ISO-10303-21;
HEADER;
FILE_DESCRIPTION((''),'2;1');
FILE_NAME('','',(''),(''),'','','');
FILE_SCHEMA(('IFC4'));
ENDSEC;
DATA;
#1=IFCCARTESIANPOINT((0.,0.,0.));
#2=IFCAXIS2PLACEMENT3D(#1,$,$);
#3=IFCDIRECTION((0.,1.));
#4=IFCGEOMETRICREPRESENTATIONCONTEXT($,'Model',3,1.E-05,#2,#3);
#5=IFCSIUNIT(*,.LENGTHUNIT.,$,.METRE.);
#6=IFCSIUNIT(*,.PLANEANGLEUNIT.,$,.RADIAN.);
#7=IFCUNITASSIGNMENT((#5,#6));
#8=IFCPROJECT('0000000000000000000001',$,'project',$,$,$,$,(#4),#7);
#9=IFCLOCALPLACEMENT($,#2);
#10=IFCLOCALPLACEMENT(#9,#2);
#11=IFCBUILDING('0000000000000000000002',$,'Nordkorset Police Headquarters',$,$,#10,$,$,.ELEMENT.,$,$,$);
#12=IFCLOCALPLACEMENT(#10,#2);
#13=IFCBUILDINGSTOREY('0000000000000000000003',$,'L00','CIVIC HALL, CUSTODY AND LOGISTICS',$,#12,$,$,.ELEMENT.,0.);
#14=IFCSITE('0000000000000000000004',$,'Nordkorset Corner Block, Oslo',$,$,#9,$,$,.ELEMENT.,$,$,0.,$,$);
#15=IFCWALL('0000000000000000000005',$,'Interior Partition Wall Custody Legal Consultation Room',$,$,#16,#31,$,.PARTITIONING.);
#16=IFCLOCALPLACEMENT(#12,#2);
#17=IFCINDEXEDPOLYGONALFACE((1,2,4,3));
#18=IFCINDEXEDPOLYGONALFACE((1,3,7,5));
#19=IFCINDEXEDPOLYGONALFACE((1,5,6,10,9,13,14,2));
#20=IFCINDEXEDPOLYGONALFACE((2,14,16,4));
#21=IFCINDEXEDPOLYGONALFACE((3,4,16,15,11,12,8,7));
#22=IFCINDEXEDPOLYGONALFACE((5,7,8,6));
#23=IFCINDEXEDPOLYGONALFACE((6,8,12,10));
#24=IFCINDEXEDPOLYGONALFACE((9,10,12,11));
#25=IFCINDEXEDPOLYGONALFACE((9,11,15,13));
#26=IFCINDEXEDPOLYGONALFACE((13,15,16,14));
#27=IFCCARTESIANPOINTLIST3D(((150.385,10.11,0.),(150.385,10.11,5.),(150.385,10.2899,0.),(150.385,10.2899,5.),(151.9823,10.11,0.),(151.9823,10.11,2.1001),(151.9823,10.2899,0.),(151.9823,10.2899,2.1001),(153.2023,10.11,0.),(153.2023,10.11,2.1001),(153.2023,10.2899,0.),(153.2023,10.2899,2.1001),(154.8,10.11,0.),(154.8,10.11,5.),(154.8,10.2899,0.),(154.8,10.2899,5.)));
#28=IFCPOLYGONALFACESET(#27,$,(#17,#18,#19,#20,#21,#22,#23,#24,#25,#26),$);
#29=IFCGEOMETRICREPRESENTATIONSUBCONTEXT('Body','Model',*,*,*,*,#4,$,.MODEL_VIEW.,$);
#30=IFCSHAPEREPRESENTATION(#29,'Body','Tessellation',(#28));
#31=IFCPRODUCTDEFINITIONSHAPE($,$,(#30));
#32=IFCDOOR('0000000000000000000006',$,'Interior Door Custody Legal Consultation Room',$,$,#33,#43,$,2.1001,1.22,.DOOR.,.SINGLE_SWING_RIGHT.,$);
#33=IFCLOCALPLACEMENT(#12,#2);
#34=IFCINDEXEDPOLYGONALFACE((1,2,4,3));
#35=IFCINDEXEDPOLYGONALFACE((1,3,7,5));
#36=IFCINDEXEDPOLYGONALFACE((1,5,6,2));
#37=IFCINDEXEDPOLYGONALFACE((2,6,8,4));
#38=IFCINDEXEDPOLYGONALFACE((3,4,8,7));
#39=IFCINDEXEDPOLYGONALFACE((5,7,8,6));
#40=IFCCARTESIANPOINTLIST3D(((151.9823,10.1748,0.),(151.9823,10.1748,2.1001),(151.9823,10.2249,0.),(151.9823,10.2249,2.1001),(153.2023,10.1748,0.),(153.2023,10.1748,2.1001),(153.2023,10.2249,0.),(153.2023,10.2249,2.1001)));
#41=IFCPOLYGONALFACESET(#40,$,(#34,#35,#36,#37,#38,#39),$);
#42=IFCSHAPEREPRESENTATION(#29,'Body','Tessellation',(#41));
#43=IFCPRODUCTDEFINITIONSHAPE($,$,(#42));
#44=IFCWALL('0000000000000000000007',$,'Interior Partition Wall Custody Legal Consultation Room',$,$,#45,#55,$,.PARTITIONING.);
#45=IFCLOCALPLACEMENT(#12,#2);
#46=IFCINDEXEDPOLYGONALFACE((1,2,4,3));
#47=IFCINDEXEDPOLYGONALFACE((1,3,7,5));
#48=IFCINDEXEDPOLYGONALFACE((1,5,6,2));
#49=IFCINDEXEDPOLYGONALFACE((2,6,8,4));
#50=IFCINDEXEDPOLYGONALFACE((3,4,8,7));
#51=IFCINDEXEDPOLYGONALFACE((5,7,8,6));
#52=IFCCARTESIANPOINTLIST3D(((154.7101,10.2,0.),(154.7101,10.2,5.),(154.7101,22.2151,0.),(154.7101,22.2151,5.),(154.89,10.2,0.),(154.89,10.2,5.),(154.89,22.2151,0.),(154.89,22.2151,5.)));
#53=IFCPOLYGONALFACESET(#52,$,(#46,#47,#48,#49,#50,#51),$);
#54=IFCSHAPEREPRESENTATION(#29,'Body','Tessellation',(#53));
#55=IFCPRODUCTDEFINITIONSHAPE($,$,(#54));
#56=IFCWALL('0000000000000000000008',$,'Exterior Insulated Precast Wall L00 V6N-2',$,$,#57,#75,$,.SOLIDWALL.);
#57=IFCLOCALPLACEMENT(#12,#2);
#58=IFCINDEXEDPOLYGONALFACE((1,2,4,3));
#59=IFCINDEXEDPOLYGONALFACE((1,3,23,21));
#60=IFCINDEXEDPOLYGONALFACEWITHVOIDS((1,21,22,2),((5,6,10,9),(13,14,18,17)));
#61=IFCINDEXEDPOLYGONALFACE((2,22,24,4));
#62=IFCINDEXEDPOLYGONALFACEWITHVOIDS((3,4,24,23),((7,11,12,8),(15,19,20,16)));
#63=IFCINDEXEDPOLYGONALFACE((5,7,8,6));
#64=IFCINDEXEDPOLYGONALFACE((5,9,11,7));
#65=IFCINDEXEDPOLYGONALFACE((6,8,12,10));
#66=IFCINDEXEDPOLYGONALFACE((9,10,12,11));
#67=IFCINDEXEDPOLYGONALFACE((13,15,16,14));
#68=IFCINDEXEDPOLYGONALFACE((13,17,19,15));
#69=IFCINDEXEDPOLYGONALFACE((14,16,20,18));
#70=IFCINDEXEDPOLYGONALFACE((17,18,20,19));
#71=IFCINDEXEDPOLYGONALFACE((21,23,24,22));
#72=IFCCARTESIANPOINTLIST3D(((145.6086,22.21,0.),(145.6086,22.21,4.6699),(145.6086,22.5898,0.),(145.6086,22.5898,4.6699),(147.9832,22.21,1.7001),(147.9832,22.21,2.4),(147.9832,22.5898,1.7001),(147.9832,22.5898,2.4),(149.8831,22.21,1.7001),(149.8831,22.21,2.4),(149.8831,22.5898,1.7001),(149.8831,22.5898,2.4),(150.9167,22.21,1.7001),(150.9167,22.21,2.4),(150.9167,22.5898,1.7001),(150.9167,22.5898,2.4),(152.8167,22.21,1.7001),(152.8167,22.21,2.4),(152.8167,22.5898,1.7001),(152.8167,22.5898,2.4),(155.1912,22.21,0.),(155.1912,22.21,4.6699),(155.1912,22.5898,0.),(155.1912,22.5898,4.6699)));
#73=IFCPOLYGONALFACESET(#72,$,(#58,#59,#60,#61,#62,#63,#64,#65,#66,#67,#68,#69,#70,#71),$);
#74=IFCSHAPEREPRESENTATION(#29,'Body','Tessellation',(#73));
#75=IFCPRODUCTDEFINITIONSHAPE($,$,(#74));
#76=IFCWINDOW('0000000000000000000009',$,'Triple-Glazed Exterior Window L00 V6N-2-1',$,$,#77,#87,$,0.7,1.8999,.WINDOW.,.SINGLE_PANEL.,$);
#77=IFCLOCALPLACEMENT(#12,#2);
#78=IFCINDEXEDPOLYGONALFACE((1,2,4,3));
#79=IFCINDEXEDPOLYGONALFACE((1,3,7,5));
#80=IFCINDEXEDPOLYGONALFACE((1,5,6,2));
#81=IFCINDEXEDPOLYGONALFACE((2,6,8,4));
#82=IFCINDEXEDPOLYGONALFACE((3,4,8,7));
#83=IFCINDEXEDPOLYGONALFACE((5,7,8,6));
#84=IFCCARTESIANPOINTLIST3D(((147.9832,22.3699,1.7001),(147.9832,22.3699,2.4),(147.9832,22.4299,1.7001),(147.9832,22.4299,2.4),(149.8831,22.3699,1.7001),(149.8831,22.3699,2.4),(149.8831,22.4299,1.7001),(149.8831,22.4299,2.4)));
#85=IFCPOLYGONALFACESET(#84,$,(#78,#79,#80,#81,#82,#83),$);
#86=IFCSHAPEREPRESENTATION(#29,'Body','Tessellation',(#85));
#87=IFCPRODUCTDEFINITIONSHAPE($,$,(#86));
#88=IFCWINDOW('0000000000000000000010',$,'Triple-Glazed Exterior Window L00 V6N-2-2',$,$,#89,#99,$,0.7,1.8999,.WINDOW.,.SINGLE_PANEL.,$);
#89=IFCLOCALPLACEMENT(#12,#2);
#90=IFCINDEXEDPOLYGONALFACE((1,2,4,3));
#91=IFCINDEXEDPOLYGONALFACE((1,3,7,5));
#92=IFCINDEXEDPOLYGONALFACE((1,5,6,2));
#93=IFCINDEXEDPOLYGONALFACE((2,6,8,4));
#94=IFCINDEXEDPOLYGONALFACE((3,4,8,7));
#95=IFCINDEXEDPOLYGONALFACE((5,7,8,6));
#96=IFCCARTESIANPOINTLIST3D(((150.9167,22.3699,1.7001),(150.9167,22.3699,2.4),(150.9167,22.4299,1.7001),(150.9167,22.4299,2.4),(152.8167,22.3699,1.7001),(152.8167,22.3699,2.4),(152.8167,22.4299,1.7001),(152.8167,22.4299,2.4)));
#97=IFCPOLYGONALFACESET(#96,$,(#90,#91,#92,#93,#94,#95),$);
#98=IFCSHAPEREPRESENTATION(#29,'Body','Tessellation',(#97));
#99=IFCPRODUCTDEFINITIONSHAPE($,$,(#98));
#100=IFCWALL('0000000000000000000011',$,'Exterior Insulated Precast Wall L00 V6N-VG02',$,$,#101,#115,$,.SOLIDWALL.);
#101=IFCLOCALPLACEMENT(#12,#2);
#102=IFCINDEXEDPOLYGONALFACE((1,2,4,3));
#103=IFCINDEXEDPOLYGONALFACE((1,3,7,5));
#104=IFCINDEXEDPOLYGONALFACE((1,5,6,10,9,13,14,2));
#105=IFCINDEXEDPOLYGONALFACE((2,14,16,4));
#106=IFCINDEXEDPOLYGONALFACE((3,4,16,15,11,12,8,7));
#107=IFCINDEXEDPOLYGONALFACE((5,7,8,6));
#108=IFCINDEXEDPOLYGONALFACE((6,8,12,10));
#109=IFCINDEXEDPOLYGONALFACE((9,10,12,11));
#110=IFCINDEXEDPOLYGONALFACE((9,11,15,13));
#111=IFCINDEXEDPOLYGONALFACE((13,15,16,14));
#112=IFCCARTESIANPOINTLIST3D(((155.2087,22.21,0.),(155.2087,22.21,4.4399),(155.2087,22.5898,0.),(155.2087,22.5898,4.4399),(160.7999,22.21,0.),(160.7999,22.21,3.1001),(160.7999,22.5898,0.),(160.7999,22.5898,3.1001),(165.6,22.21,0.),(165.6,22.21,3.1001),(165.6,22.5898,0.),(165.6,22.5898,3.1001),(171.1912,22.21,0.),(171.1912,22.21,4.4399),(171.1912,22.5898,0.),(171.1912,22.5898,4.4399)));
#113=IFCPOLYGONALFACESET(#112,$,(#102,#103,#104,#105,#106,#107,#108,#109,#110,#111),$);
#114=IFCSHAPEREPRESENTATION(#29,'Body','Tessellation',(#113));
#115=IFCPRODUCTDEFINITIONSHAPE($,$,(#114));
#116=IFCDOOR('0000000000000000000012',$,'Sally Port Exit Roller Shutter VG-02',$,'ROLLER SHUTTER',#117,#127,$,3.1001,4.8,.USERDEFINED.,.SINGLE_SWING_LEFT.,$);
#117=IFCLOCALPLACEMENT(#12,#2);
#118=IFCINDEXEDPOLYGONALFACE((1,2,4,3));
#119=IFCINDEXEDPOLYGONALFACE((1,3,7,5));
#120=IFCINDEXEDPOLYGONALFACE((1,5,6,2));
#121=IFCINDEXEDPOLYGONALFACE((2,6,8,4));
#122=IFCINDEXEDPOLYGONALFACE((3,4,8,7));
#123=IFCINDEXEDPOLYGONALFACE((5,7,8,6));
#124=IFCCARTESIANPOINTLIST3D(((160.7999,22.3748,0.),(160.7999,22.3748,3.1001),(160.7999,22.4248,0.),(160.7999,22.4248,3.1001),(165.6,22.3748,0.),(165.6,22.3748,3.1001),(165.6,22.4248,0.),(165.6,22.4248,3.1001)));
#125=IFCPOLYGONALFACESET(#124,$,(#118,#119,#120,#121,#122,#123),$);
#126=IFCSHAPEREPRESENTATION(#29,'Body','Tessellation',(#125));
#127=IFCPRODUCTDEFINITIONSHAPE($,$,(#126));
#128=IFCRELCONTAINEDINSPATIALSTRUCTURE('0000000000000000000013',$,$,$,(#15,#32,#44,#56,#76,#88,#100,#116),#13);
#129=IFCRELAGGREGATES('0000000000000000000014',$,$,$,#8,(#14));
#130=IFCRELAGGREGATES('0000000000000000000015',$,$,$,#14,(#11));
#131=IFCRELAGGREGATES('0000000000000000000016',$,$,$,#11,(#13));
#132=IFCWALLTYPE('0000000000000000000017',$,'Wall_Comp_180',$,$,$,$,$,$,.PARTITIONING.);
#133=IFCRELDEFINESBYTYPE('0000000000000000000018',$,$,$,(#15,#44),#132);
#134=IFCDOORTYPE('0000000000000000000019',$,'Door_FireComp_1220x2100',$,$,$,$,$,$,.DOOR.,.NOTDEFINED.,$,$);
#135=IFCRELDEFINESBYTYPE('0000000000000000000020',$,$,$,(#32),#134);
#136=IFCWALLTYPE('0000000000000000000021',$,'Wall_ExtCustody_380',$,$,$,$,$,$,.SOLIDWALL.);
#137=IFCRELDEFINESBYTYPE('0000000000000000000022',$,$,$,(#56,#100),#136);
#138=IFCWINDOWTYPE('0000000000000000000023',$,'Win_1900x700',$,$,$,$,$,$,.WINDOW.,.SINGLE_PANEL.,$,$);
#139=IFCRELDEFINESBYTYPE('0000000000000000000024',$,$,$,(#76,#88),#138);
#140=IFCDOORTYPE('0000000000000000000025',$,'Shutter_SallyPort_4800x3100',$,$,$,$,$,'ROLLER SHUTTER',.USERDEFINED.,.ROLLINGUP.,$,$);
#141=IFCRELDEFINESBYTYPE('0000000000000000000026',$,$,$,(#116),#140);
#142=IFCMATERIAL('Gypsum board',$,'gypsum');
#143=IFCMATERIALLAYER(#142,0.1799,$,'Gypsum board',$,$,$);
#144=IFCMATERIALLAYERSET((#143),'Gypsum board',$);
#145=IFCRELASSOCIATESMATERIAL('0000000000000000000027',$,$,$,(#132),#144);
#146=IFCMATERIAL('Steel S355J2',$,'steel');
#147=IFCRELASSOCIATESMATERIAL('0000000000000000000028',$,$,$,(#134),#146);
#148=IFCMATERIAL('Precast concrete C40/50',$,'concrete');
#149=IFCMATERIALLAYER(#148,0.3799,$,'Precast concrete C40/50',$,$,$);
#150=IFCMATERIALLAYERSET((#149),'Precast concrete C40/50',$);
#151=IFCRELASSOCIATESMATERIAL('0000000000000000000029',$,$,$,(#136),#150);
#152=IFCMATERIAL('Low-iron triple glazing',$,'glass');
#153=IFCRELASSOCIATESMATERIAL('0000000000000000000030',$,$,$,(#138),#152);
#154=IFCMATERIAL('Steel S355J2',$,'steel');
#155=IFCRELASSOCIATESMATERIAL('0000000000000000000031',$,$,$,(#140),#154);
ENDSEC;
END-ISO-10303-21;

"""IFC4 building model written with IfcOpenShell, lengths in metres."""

from ifc_helpers import new_model, si_unit, direction, frame, frame_2d, origin, place, context, subcontext, project, spatial, rectangle, extrude, material, layer, layer_set, type_object, element, fill, save


model = new_model("IFC4")

# Units and contexts
model_context = context("Model", 3, precision=1e-05, world=origin(), true_north=direction((0.0, 1.0)))
body_context = subcontext(model_context, "Body", "Model", "MODEL_VIEW")
ifc_project = project(units=[si_unit("LENGTHUNIT", "METRE"), si_unit("PLANEANGLEUNIT", "RADIAN")], contexts=[model_context])

# Site, building, storey
site_placement = place(None, origin())
site = spatial("IfcSite", under=ifc_project, at=site_placement, Name="Nordkorset Corner Block, Oslo", CompositionType="ELEMENT", RefElevation=0.0)
building_placement = place(site_placement, origin())
building = spatial("IfcBuilding", under=site, at=building_placement, Name="Nordkorset Police Headquarters", CompositionType="ELEMENT")
storey_placement = place(building_placement, origin())
storey = spatial("IfcBuildingStorey", under=building, at=storey_placement, Name="L00", Description="CIVIC HALL, CUSTODY AND LOGISTICS", CompositionType="ELEMENT", Elevation=0.0)

# Shared definitions
ifc_material_1 = material(Name="Gypsum board", Category="gypsum")
ifc_layer_1 = layer(ifc_material_1, 0.1799, Name="Gypsum board")
ifc_layer_set_1 = layer_set([ifc_layer_1], Name="Gypsum board")
wall_type_1 = type_object("IfcWallType", Name="Wall_Comp_180", PredefinedType="PARTITIONING", material=ifc_layer_set_1)

# Wall, opening, door
wall_1_placement = place(storey_placement, frame((150.385, 10.2, 0.0), z_axis=(0.0, 0.0, 1.0), x_axis=(1.0, 0.0, 0.0)))
wall_1 = element("IfcWall", 1, at=wall_1_placement, inside=storey, type_object=wall_type_1, Name="Interior Partition Wall Custody Legal Consultation Room", PredefinedType="PARTITIONING", context=body_context, shape_type="SweptSolid", body=[
    extrude(rectangle(XDim=4.415, YDim=0.1799, at=frame_2d((2.2075, 0.0))), origin(), (0.0, 0.0, 1.0), 5.0),
])
opening_1_placement = place(wall_1_placement, frame((1.5974, 0.0, 0.0)))
opening_1 = element("IfcOpeningElement", 2, at=opening_1_placement, cuts=wall_1, PredefinedType="OPENING", context=body_context, shape_type="SweptSolid", body=[
    extrude(rectangle(XDim=1.22, YDim=2.1001, at=frame_2d((0.6099, 1.05))), frame((0.0, 0.1001, 0.0), z_axis=(0.0, -1.0, 0.0), x_axis=(1.0, 0.0, 0.0)), (0.0, 0.0, 1.0), 0.2),
])
ifc_material_2 = material(Name="Steel S355J2", Category="steel")
door_type_1 = type_object("IfcDoorType", Name="Door_FireComp_1220x2100", OperationType="NOTDEFINED", PredefinedType="DOOR", material=ifc_material_2)
door_1_placement = place(opening_1_placement, origin())
door_1 = element("IfcDoor", 3, at=door_1_placement, inside=storey, type_object=door_type_1, Name="Interior Door Custody Legal Consultation Room", OperationType="SINGLE_SWING_RIGHT", OverallHeight=2.1001, OverallWidth=1.22, PredefinedType="DOOR", context=body_context, shape_type="SweptSolid", body=[
    extrude(rectangle(XDim=1.22, YDim=2.1001, at=frame_2d((0.6099, 1.05))), frame((0.0, 0.0249, 0.0), z_axis=(0.0, -1.0, 0.0), x_axis=(1.0, 0.0, 0.0)), (0.0, 0.0, 1.0), 0.05),
])
fill(opening_1, door_1)

# Wall
wall_2_placement = place(storey_placement, frame((154.8, 10.2, 0.0), z_axis=(0.0, 0.0, 1.0), x_axis=(0.0, 1.0, 0.0)))
element("IfcWall", 4, at=wall_2_placement, inside=storey, type_object=wall_type_1, Name="Interior Partition Wall Custody Legal Consultation Room", PredefinedType="PARTITIONING", context=body_context, shape_type="SweptSolid", body=[
    extrude(rectangle(XDim=12.0151, YDim=0.1799, at=frame_2d((6.0076, 0.0))), origin(), (0.0, 0.0, 1.0), 5.0),
])

# Wall, openings, windows
ifc_material_3 = material(Name="Precast concrete C40/50", Category="concrete")
ifc_layer_2 = layer(ifc_material_3, 0.3799, Name="Precast concrete C40/50")
ifc_layer_set_2 = layer_set([ifc_layer_2], Name="Precast concrete C40/50")
wall_type_2 = type_object("IfcWallType", Name="Wall_ExtCustody_380", PredefinedType="SOLIDWALL", material=ifc_layer_set_2)
wall_3_placement = place(storey_placement, frame((145.6086, 22.3999, 0.0), z_axis=(0.0, 0.0, 1.0), x_axis=(1.0, 0.0, 0.0)))
wall_3 = element("IfcWall", 5, at=wall_3_placement, inside=storey, type_object=wall_type_2, Name="Exterior Insulated Precast Wall L00 V6N-2", PredefinedType="SOLIDWALL", context=body_context, shape_type="SweptSolid", body=[
    extrude(rectangle(XDim=9.5825, YDim=0.3799, at=frame_2d((4.7913, 0.0))), origin(), (0.0, 0.0, 1.0), 4.6699),
])
opening_2_placement = place(wall_3_placement, frame((2.3745, 0.0, 1.7)))
opening_2 = element("IfcOpeningElement", 6, at=opening_2_placement, cuts=wall_3, PredefinedType="OPENING", context=body_context, shape_type="SweptSolid", body=[
    extrude(rectangle(XDim=1.8999, YDim=0.7, at=frame_2d((0.95, 0.3501))), frame((0.0, 0.2, 0.0), z_axis=(0.0, -1.0, 0.0), x_axis=(1.0, 0.0, 0.0)), (0.0, 0.0, 1.0), 0.3999),
])
opening_3_placement = place(wall_3_placement, frame((5.3081, 0.0, 1.7)))
opening_3 = element("IfcOpeningElement", 7, at=opening_3_placement, cuts=wall_3, PredefinedType="OPENING", context=body_context, shape_type="SweptSolid", body=[
    extrude(rectangle(XDim=1.8999, YDim=0.7, at=frame_2d((0.95, 0.3501))), frame((0.0, 0.2, 0.0), z_axis=(0.0, -1.0, 0.0), x_axis=(1.0, 0.0, 0.0)), (0.0, 0.0, 1.0), 0.3999),
])
ifc_material_4 = material(Name="Low-iron triple glazing", Category="glass")
window_type = type_object("IfcWindowType", Name="Win_1900x700", PartitioningType="SINGLE_PANEL", PredefinedType="WINDOW", material=ifc_material_4)
window_1_placement = place(opening_2_placement, origin())
window_1 = element("IfcWindow", 8, at=window_1_placement, inside=storey, type_object=window_type, Name="Triple-Glazed Exterior Window L00 V6N-2-1", OverallHeight=0.7, OverallWidth=1.8999, PartitioningType="SINGLE_PANEL", PredefinedType="WINDOW", context=body_context, shape_type="SweptSolid", body=[
    extrude(rectangle(XDim=1.8999, YDim=0.7, at=frame_2d((0.95, 0.3501))), frame((0.0, 0.03, 0.0), z_axis=(0.0, -1.0, 0.0), x_axis=(1.0, 0.0, 0.0)), (0.0, 0.0, 1.0), 0.0601),
])
fill(opening_2, window_1)
window_2_placement = place(opening_3_placement, origin())
window_2 = element("IfcWindow", 9, at=window_2_placement, inside=storey, type_object=window_type, Name="Triple-Glazed Exterior Window L00 V6N-2-2", OverallHeight=0.7, OverallWidth=1.8999, PartitioningType="SINGLE_PANEL", PredefinedType="WINDOW", context=body_context, shape_type="SweptSolid", body=[
    extrude(rectangle(XDim=1.8999, YDim=0.7, at=frame_2d((0.95, 0.3501))), frame((0.0, 0.03, 0.0), z_axis=(0.0, -1.0, 0.0), x_axis=(1.0, 0.0, 0.0)), (0.0, 0.0, 1.0), 0.0601),
])
fill(opening_3, window_2)

# Wall, opening, door
wall_4_placement = place(storey_placement, frame((155.2087, 22.3999, 0.0), z_axis=(0.0, 0.0, 1.0), x_axis=(1.0, 0.0, 0.0)))
wall_4 = element("IfcWall", 10, at=wall_4_placement, inside=storey, type_object=wall_type_2, Name="Exterior Insulated Precast Wall L00 V6N-VG02", PredefinedType="SOLIDWALL", context=body_context, shape_type="SweptSolid", body=[
    extrude(rectangle(XDim=15.9824, YDim=0.3799, at=frame_2d((7.9912, 0.0))), origin(), (0.0, 0.0, 1.0), 4.4399),
])
opening_4_placement = place(wall_4_placement, frame((5.5913, 0.0, 0.0)))
opening_4 = element("IfcOpeningElement", 11, at=opening_4_placement, cuts=wall_4, PredefinedType="OPENING", context=body_context, shape_type="SweptSolid", body=[
    extrude(rectangle(XDim=4.8, YDim=3.1001, at=frame_2d((2.3999, 1.55))), frame((0.0, 0.2, 0.0), z_axis=(0.0, -1.0, 0.0), x_axis=(1.0, 0.0, 0.0)), (0.0, 0.0, 1.0), 0.3999),
])
ifc_material_5 = material(Name="Steel S355J2", Category="steel")
door_type_2 = type_object("IfcDoorType", Name="Shutter_SallyPort_4800x3100", ElementType="ROLLER SHUTTER", OperationType="ROLLINGUP", PredefinedType="USERDEFINED", material=ifc_material_5)
door_2_placement = place(opening_4_placement, origin())
door_2 = element("IfcDoor", 12, at=door_2_placement, inside=storey, type_object=door_type_2, Name="Sally Port Exit Roller Shutter VG-02", ObjectType="ROLLER SHUTTER", OperationType="SINGLE_SWING_LEFT", OverallHeight=3.1001, OverallWidth=4.8, PredefinedType="USERDEFINED", context=body_context, shape_type="SweptSolid", body=[
    extrude(rectangle(XDim=4.8, YDim=3.1001, at=frame_2d((2.3999, 1.55))), frame((0.0, 0.0249, 0.0), z_axis=(0.0, -1.0, 0.0), x_axis=(1.0, 0.0, 0.0)), (0.0, 0.0, 1.0), 0.05),
])
fill(opening_4, door_2)

save(model, "model.ifc")
